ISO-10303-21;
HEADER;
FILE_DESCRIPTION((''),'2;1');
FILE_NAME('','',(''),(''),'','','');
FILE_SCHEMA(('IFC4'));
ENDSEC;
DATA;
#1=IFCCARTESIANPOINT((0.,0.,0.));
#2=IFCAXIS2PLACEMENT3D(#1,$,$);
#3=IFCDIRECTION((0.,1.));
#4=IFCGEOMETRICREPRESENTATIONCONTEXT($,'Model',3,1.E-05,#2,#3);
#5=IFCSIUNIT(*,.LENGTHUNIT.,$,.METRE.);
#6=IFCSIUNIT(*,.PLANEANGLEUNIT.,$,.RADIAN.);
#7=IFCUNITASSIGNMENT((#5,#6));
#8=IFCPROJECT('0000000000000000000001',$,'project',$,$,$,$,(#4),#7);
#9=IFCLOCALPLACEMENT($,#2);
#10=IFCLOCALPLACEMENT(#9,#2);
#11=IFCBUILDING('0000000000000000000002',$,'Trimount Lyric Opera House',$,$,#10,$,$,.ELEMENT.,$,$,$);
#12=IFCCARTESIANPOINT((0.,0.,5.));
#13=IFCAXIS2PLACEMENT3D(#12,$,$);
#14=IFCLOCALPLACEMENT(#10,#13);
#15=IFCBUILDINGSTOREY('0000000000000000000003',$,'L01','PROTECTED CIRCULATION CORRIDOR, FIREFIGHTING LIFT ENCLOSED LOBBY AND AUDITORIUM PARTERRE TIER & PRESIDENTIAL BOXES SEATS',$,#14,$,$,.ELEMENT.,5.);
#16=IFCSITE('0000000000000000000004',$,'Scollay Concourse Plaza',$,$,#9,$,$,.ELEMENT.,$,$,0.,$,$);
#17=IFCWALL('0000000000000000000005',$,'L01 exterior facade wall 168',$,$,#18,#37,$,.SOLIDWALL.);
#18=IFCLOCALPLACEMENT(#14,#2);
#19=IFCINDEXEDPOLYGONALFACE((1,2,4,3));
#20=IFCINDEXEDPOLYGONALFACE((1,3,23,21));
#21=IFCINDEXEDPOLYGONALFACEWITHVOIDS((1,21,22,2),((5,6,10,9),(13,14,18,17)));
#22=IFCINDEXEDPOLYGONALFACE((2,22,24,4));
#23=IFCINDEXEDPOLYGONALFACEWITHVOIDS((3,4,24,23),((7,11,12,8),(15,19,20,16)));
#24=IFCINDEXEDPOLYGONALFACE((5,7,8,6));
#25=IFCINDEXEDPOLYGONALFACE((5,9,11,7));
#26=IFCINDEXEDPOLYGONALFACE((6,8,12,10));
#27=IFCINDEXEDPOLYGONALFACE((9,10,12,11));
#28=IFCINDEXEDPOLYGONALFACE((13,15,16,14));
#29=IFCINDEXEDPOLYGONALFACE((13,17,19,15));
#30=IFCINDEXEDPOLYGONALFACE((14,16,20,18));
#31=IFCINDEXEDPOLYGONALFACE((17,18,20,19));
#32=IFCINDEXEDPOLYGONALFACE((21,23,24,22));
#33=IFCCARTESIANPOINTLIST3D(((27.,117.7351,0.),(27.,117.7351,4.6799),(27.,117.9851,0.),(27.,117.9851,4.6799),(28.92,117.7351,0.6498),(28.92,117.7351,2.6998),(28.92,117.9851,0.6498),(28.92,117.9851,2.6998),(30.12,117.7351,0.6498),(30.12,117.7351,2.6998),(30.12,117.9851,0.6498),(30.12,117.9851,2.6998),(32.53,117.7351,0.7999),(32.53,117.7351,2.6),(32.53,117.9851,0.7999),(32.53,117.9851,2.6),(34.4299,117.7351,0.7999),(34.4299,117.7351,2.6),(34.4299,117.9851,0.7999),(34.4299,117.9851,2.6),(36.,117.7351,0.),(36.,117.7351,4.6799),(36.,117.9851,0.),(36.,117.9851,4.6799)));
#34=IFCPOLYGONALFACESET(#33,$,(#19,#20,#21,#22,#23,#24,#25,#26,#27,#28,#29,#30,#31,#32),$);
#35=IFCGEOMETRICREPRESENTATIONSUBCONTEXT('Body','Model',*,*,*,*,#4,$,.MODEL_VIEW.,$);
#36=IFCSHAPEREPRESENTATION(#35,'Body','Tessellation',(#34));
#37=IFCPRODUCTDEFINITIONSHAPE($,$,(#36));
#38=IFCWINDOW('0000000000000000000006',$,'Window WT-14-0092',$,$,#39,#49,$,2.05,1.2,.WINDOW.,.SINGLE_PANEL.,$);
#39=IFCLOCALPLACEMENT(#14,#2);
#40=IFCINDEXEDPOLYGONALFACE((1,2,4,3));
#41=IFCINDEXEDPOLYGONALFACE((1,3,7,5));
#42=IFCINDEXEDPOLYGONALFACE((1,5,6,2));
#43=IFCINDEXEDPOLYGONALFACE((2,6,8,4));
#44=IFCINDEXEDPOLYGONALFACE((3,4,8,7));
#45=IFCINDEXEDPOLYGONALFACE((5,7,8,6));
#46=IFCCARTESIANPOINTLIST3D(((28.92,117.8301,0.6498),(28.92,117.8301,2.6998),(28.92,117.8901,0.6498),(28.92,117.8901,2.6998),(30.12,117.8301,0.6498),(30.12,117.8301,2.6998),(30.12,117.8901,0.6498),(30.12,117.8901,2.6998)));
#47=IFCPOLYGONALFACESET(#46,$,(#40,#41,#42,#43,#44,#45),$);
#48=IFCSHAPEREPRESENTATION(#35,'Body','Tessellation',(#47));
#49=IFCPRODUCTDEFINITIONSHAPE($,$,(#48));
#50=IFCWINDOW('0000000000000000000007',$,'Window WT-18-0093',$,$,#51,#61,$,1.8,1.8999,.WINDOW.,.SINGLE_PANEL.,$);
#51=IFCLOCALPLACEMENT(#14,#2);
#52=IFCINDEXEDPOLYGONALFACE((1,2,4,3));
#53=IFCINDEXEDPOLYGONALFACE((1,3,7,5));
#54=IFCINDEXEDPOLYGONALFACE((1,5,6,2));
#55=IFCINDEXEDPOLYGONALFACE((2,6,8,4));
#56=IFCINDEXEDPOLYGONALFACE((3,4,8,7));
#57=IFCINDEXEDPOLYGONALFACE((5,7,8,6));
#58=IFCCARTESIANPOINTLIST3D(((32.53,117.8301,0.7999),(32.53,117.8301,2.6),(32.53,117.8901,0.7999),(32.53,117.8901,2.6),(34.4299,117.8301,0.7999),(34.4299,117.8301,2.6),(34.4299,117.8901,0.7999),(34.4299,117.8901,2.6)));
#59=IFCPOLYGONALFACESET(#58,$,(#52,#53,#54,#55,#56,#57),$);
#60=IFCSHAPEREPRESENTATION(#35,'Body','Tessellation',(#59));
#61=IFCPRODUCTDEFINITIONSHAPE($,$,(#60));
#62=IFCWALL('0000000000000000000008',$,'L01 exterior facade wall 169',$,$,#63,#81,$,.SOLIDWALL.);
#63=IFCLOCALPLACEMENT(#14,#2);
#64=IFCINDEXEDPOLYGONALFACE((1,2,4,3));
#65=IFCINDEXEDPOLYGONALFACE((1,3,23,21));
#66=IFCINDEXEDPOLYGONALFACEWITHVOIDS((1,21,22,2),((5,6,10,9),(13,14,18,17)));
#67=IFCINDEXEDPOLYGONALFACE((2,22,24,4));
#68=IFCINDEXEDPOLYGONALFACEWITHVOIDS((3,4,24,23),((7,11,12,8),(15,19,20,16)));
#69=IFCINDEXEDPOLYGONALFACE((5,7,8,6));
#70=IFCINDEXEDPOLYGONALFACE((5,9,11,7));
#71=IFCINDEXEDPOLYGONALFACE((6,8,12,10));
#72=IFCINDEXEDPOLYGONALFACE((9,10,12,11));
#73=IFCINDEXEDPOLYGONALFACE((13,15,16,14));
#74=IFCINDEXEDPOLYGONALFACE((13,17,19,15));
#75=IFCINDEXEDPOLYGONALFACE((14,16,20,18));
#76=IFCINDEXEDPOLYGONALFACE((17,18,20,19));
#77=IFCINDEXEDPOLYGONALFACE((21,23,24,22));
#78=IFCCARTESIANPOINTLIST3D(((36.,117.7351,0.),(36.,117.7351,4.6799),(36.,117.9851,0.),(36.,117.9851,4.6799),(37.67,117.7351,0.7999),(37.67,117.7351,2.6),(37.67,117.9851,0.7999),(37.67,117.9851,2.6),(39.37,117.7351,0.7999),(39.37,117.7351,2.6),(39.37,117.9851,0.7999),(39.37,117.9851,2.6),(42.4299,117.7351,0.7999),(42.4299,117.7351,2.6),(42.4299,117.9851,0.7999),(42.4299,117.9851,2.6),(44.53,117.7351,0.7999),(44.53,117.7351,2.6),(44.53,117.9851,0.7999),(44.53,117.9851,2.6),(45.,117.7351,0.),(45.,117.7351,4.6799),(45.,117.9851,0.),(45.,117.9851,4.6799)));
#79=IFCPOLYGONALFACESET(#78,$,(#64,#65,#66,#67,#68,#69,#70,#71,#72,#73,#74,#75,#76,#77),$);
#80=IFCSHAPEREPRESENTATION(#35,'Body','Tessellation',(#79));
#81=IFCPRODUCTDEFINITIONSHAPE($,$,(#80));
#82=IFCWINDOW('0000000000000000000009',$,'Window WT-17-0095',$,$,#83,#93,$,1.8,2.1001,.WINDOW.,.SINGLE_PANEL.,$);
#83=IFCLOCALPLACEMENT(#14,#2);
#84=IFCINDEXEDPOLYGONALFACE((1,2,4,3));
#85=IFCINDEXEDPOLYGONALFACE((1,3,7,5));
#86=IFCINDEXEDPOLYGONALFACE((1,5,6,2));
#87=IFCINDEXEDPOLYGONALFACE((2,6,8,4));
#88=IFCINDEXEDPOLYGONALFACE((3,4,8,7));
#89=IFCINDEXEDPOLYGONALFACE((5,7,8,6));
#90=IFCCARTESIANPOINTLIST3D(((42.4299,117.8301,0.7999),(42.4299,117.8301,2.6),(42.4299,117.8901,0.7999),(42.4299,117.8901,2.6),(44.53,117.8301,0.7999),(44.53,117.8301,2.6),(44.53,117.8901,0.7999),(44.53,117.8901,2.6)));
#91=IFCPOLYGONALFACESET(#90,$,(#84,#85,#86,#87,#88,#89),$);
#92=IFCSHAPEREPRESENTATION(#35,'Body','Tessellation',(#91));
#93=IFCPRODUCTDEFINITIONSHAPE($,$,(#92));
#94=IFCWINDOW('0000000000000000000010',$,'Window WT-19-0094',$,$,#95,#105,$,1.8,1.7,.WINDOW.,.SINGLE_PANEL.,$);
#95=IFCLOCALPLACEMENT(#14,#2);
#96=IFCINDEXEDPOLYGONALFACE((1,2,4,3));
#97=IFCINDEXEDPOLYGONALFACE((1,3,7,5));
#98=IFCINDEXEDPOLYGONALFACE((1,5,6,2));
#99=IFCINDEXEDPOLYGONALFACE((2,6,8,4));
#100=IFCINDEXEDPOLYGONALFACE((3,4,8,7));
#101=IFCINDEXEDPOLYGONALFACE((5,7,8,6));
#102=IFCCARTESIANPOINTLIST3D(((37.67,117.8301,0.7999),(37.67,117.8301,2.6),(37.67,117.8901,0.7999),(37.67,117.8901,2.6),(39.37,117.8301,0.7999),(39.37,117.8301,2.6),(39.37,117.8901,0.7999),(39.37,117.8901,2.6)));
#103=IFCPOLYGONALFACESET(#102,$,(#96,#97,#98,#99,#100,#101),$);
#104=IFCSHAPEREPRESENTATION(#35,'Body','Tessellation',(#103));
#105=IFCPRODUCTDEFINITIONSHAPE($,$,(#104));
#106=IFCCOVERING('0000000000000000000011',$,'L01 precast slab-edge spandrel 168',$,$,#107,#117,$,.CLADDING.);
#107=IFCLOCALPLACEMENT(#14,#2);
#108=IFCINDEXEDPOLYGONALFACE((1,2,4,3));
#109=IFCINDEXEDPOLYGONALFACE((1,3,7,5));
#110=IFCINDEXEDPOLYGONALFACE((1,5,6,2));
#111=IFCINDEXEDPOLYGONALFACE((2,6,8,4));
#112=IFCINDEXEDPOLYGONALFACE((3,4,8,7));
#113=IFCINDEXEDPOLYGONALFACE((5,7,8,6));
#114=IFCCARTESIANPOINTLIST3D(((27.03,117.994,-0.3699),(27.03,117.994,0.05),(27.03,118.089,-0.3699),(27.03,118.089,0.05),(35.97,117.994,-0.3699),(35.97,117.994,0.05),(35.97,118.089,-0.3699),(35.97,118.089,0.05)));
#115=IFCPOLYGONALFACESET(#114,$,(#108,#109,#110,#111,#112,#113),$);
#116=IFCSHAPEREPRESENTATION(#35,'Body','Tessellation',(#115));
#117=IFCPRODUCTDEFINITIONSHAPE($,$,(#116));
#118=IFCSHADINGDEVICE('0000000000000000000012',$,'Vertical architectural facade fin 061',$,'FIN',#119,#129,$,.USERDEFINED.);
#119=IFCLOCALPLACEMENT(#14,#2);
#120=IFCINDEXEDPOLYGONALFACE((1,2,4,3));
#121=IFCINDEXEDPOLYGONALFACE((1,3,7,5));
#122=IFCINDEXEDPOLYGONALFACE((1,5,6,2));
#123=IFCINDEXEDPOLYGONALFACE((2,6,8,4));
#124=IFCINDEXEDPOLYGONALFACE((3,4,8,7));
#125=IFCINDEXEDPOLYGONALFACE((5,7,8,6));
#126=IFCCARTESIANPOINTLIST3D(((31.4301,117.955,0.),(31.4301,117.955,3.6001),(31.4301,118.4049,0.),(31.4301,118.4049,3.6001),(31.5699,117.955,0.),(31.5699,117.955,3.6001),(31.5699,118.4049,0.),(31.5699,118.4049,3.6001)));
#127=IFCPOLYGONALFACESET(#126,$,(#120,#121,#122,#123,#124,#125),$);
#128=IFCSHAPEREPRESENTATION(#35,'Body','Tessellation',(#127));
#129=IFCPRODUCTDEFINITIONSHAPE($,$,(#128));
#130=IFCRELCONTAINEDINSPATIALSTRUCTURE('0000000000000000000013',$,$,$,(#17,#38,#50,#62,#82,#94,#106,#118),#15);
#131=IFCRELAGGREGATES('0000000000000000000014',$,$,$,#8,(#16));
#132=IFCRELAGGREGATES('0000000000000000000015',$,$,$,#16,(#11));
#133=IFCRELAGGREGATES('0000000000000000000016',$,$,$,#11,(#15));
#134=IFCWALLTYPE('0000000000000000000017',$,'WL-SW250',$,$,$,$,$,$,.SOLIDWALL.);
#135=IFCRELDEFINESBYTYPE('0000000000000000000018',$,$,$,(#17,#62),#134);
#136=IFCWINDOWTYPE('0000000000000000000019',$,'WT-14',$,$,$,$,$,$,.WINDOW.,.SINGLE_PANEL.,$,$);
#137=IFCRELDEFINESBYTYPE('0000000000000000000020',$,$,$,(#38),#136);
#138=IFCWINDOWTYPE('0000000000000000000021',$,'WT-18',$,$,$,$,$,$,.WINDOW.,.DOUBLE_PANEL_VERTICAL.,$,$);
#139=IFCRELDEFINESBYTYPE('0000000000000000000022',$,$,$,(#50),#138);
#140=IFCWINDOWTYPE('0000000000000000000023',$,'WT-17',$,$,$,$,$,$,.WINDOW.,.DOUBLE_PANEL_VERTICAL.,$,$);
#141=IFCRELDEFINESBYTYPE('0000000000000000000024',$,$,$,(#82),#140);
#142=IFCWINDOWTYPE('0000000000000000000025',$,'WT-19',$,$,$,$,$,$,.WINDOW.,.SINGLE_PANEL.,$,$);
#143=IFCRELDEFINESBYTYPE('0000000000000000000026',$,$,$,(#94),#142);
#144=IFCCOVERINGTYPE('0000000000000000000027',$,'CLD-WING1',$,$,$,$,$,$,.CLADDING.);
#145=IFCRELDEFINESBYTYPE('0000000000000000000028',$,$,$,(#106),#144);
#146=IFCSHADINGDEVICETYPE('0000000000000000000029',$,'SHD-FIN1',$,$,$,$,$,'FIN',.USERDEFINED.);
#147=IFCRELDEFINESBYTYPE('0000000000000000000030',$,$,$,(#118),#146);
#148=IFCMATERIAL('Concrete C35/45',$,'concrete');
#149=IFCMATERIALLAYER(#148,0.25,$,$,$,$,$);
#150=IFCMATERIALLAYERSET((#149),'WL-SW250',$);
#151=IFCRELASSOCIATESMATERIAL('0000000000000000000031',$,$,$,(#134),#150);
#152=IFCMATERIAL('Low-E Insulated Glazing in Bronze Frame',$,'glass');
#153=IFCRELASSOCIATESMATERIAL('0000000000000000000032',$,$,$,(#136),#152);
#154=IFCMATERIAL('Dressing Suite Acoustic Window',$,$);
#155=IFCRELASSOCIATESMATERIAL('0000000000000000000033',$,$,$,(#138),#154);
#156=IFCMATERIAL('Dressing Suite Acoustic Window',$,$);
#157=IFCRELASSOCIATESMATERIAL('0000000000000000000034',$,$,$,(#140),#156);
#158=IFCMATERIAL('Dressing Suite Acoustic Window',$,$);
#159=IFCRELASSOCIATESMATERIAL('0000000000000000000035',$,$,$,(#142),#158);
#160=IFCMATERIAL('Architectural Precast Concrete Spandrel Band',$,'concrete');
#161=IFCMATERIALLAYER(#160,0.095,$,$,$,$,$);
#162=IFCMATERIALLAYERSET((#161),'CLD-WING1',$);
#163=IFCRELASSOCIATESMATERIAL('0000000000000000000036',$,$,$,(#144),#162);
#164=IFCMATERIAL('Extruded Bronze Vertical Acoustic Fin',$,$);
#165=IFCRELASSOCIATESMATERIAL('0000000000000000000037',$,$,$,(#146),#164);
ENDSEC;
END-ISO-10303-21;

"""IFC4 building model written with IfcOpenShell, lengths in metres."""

from ifc_helpers import new_model, si_unit, direction, frame, frame_2d, origin, origin_2d, place, context, subcontext, project, spatial, rectangle, extrude, material, layer, layer_set, type_object, element, fill, save


model = new_model("IFC4")

# Units and contexts
model_context = context("Model", 3, precision=1e-05, world=origin(), true_north=direction((0.0, 1.0)))
body_context = subcontext(model_context, "Body", "Model", "MODEL_VIEW")
ifc_project = project(units=[si_unit("LENGTHUNIT", "METRE"), si_unit("PLANEANGLEUNIT", "RADIAN")], contexts=[model_context])

# Site, building, storey
site_placement = place(None, origin())
site = spatial("IfcSite", under=ifc_project, at=site_placement, Name="Scollay Concourse Plaza", CompositionType="ELEMENT", RefElevation=0.0)
building_placement = place(site_placement, origin())
building = spatial("IfcBuilding", under=site, at=building_placement, Name="Trimount Lyric Opera House", CompositionType="ELEMENT")
storey_placement = place(building_placement, frame((0.0, 0.0, 5.0)))
storey = spatial("IfcBuildingStorey", under=building, at=storey_placement, Name="L01", Description="PROTECTED CIRCULATION CORRIDOR, FIREFIGHTING LIFT ENCLOSED LOBBY AND AUDITORIUM PARTERRE TIER & PRESIDENTIAL BOXES SEATS", CompositionType="ELEMENT", Elevation=5.0)

# Walls, openings, windows
ifc_material_1 = material(Name="Concrete C35/45", Category="concrete")
ifc_layer_1 = layer(ifc_material_1, 0.25)
ifc_layer_set_1 = layer_set([ifc_layer_1], Name="WL-SW250")
wall_type_1 = type_object("IfcWallType", Name="WL-SW250", PredefinedType="SOLIDWALL", material=ifc_layer_set_1)
wall_1_placement = place(storey_placement, frame((27.0, 117.8601, 0.0), z_axis=(0.0, 0.0, 1.0), x_axis=(1.0, 0.0, 0.0)))
wall_1 = element("IfcWall", 1, at=wall_1_placement, inside=storey, type_object=wall_type_1, Name="L01 exterior facade wall 168", PredefinedType="SOLIDWALL", context=body_context, shape_type="SweptSolid", body=[
    extrude(rectangle(XDim=9.0, YDim=0.25, at=frame_2d((4.5, 0.0))), origin(), (0.0, 0.0, 1.0), 4.6799),
])
opening_1_placement = place(wall_1_placement, frame((1.9199, 0.0, 0.6499)))
opening_1 = element("IfcOpeningElement", 2, at=opening_1_placement, cuts=wall_1, PredefinedType="OPENING", context=body_context, shape_type="SweptSolid", body=[
    extrude(rectangle(XDim=1.2, YDim=2.05, at=frame_2d((0.6001, 1.0249))), frame((0.0, 0.135, 0.0), z_axis=(0.0, -1.0, 0.0), x_axis=(1.0, 0.0, 0.0)), (0.0, 0.0, 1.0), 0.27),
])
opening_2_placement = place(wall_1_placement, frame((5.53, 0.0, 0.8)))
opening_2 = element("IfcOpeningElement", 3, at=opening_2_placement, cuts=wall_1, PredefinedType="OPENING", context=body_context, shape_type="SweptSolid", body=[
    extrude(rectangle(XDim=1.8999, YDim=1.8, at=frame_2d((0.95, 0.8999))), frame((0.0, 0.135, 0.0), z_axis=(0.0, -1.0, 0.0), x_axis=(1.0, 0.0, 0.0)), (0.0, 0.0, 1.0), 0.27),
])
ifc_material_2 = material(Name="Low-E Insulated Glazing in Bronze Frame", Category="glass")
window_type_1 = type_object("IfcWindowType", Name="WT-14", PartitioningType="SINGLE_PANEL", PredefinedType="WINDOW", material=ifc_material_2)
window_1_placement = place(opening_1_placement, origin())
window_1 = element("IfcWindow", 4, at=window_1_placement, inside=storey, type_object=window_type_1, Name="Window WT-14-0092", OverallHeight=2.05, OverallWidth=1.2, PartitioningType="SINGLE_PANEL", PredefinedType="WINDOW", context=body_context, shape_type="SweptSolid", body=[
    extrude(rectangle(XDim=1.2, YDim=2.05, at=frame_2d((0.6001, 1.0249))), frame((0.0, 0.03, 0.0), z_axis=(0.0, -1.0, 0.0), x_axis=(1.0, 0.0, 0.0)), (0.0, 0.0, 1.0), 0.0601),
])
fill(opening_1, window_1)
ifc_material_3 = material(Name="Dressing Suite Acoustic Window")
window_type_2 = type_object("IfcWindowType", Name="WT-18", PartitioningType="DOUBLE_PANEL_VERTICAL", PredefinedType="WINDOW", material=ifc_material_3)
window_2_placement = place(opening_2_placement, origin())
window_2 = element("IfcWindow", 5, at=window_2_placement, inside=storey, type_object=window_type_2, Name="Window WT-18-0093", OverallHeight=1.8, OverallWidth=1.8999, PartitioningType="SINGLE_PANEL", PredefinedType="WINDOW", context=body_context, shape_type="SweptSolid", body=[
    extrude(rectangle(XDim=1.8999, YDim=1.8, at=frame_2d((0.95, 0.8999))), frame((0.0, 0.03, 0.0), z_axis=(0.0, -1.0, 0.0), x_axis=(1.0, 0.0, 0.0)), (0.0, 0.0, 1.0), 0.0601),
])
fill(opening_2, window_2)
wall_2_placement = place(storey_placement, frame((36.0, 117.8601, 0.0), z_axis=(0.0, 0.0, 1.0), x_axis=(1.0, 0.0, 0.0)))
wall_2 = element("IfcWall", 6, at=wall_2_placement, inside=storey, type_object=wall_type_1, Name="L01 exterior facade wall 169", PredefinedType="SOLIDWALL", context=body_context, shape_type="SweptSolid", body=[
    extrude(rectangle(XDim=9.0, YDim=0.25, at=frame_2d((4.5, 0.0))), origin(), (0.0, 0.0, 1.0), 4.6799),
])
opening_3_placement = place(wall_2_placement, frame((1.6699, 0.0, 0.8)))
opening_3 = element("IfcOpeningElement", 7, at=opening_3_placement, cuts=wall_2, PredefinedType="OPENING", context=body_context, shape_type="SweptSolid", body=[
    extrude(rectangle(XDim=1.7, YDim=1.8, at=frame_2d((0.8501, 0.8999))), frame((0.0, 0.135, 0.0), z_axis=(0.0, -1.0, 0.0), x_axis=(1.0, 0.0, 0.0)), (0.0, 0.0, 1.0), 0.27),
])
opening_4_placement = place(wall_2_placement, frame((6.4299, 0.0, 0.8)))
opening_4 = element("IfcOpeningElement", 8, at=opening_4_placement, cuts=wall_2, PredefinedType="OPENING", context=body_context, shape_type="SweptSolid", body=[
    extrude(rectangle(XDim=2.1001, YDim=1.8, at=frame_2d((1.05, 0.8999))), frame((0.0, 0.135, 0.0), z_axis=(0.0, -1.0, 0.0), x_axis=(1.0, 0.0, 0.0)), (0.0, 0.0, 1.0), 0.27),
])
ifc_material_4 = material(Name="Dressing Suite Acoustic Window")
window_type_3 = type_object("IfcWindowType", Name="WT-17", PartitioningType="DOUBLE_PANEL_VERTICAL", PredefinedType="WINDOW", material=ifc_material_4)
window_3_placement = place(opening_4_placement, origin())
window_3 = element("IfcWindow", 9, at=window_3_placement, inside=storey, type_object=window_type_3, Name="Window WT-17-0095", OverallHeight=1.8, OverallWidth=2.1001, PartitioningType="SINGLE_PANEL", PredefinedType="WINDOW", context=body_context, shape_type="SweptSolid", body=[
    extrude(rectangle(XDim=2.1001, YDim=1.8, at=frame_2d((1.05, 0.8999))), frame((0.0, 0.03, 0.0), z_axis=(0.0, -1.0, 0.0), x_axis=(1.0, 0.0, 0.0)), (0.0, 0.0, 1.0), 0.0601),
])
fill(opening_4, window_3)
ifc_material_5 = material(Name="Dressing Suite Acoustic Window")
window_type_4 = type_object("IfcWindowType", Name="WT-19", PartitioningType="SINGLE_PANEL", PredefinedType="WINDOW", material=ifc_material_5)
window_4_placement = place(opening_3_placement, origin())
window_4 = element("IfcWindow", 10, at=window_4_placement, inside=storey, type_object=window_type_4, Name="Window WT-19-0094", OverallHeight=1.8, OverallWidth=1.7, PartitioningType="SINGLE_PANEL", PredefinedType="WINDOW", context=body_context, shape_type="SweptSolid", body=[
    extrude(rectangle(XDim=1.7, YDim=1.8, at=frame_2d((0.8501, 0.8999))), frame((0.0, 0.03, 0.0), z_axis=(0.0, -1.0, 0.0), x_axis=(1.0, 0.0, 0.0)), (0.0, 0.0, 1.0), 0.0601),
])
fill(opening_3, window_4)

# Covering
ifc_material_6 = material(Name="Architectural Precast Concrete Spandrel Band", Category="concrete")
ifc_layer_2 = layer(ifc_material_6, 0.095)
ifc_layer_set_2 = layer_set([ifc_layer_2], Name="CLD-WING1")
covering_type = type_object("IfcCoveringType", Name="CLD-WING1", PredefinedType="CLADDING", material=ifc_layer_set_2)
covering_placement = place(storey_placement, frame((31.5, 118.0415, -0.3699), z_axis=(0.0, 0.0, 1.0), x_axis=(1.0, 0.0, 0.0)))
element("IfcCovering", 11, at=covering_placement, inside=storey, type_object=covering_type, Name="L01 precast slab-edge spandrel 168", PredefinedType="CLADDING", context=body_context, shape_type="SweptSolid", body=[
    extrude(rectangle(XDim=8.9399, YDim=0.095, at=origin_2d()), origin(), (0.0, 0.0, 1.0), 0.4199),
])

# Shading device
ifc_material_7 = material(Name="Extruded Bronze Vertical Acoustic Fin")
shading_device_type = type_object("IfcShadingDeviceType", Name="SHD-FIN1", ElementType="FIN", PredefinedType="USERDEFINED", material=ifc_material_7)
shading_device_placement = place(storey_placement, frame((31.5, 118.1799, 0.0), z_axis=(0.0, 0.0, 1.0), x_axis=(1.0, 0.0, 0.0)))
element("IfcShadingDevice", 12, at=shading_device_placement, inside=storey, type_object=shading_device_type, Name="Vertical architectural facade fin 061", ObjectType="FIN", PredefinedType="USERDEFINED", context=body_context, shape_type="SweptSolid", body=[
    extrude(rectangle(XDim=0.1399, YDim=0.45, at=origin_2d()), origin(), (0.0, 0.0, 1.0), 3.6001),
])

save(model, "model.ifc")
